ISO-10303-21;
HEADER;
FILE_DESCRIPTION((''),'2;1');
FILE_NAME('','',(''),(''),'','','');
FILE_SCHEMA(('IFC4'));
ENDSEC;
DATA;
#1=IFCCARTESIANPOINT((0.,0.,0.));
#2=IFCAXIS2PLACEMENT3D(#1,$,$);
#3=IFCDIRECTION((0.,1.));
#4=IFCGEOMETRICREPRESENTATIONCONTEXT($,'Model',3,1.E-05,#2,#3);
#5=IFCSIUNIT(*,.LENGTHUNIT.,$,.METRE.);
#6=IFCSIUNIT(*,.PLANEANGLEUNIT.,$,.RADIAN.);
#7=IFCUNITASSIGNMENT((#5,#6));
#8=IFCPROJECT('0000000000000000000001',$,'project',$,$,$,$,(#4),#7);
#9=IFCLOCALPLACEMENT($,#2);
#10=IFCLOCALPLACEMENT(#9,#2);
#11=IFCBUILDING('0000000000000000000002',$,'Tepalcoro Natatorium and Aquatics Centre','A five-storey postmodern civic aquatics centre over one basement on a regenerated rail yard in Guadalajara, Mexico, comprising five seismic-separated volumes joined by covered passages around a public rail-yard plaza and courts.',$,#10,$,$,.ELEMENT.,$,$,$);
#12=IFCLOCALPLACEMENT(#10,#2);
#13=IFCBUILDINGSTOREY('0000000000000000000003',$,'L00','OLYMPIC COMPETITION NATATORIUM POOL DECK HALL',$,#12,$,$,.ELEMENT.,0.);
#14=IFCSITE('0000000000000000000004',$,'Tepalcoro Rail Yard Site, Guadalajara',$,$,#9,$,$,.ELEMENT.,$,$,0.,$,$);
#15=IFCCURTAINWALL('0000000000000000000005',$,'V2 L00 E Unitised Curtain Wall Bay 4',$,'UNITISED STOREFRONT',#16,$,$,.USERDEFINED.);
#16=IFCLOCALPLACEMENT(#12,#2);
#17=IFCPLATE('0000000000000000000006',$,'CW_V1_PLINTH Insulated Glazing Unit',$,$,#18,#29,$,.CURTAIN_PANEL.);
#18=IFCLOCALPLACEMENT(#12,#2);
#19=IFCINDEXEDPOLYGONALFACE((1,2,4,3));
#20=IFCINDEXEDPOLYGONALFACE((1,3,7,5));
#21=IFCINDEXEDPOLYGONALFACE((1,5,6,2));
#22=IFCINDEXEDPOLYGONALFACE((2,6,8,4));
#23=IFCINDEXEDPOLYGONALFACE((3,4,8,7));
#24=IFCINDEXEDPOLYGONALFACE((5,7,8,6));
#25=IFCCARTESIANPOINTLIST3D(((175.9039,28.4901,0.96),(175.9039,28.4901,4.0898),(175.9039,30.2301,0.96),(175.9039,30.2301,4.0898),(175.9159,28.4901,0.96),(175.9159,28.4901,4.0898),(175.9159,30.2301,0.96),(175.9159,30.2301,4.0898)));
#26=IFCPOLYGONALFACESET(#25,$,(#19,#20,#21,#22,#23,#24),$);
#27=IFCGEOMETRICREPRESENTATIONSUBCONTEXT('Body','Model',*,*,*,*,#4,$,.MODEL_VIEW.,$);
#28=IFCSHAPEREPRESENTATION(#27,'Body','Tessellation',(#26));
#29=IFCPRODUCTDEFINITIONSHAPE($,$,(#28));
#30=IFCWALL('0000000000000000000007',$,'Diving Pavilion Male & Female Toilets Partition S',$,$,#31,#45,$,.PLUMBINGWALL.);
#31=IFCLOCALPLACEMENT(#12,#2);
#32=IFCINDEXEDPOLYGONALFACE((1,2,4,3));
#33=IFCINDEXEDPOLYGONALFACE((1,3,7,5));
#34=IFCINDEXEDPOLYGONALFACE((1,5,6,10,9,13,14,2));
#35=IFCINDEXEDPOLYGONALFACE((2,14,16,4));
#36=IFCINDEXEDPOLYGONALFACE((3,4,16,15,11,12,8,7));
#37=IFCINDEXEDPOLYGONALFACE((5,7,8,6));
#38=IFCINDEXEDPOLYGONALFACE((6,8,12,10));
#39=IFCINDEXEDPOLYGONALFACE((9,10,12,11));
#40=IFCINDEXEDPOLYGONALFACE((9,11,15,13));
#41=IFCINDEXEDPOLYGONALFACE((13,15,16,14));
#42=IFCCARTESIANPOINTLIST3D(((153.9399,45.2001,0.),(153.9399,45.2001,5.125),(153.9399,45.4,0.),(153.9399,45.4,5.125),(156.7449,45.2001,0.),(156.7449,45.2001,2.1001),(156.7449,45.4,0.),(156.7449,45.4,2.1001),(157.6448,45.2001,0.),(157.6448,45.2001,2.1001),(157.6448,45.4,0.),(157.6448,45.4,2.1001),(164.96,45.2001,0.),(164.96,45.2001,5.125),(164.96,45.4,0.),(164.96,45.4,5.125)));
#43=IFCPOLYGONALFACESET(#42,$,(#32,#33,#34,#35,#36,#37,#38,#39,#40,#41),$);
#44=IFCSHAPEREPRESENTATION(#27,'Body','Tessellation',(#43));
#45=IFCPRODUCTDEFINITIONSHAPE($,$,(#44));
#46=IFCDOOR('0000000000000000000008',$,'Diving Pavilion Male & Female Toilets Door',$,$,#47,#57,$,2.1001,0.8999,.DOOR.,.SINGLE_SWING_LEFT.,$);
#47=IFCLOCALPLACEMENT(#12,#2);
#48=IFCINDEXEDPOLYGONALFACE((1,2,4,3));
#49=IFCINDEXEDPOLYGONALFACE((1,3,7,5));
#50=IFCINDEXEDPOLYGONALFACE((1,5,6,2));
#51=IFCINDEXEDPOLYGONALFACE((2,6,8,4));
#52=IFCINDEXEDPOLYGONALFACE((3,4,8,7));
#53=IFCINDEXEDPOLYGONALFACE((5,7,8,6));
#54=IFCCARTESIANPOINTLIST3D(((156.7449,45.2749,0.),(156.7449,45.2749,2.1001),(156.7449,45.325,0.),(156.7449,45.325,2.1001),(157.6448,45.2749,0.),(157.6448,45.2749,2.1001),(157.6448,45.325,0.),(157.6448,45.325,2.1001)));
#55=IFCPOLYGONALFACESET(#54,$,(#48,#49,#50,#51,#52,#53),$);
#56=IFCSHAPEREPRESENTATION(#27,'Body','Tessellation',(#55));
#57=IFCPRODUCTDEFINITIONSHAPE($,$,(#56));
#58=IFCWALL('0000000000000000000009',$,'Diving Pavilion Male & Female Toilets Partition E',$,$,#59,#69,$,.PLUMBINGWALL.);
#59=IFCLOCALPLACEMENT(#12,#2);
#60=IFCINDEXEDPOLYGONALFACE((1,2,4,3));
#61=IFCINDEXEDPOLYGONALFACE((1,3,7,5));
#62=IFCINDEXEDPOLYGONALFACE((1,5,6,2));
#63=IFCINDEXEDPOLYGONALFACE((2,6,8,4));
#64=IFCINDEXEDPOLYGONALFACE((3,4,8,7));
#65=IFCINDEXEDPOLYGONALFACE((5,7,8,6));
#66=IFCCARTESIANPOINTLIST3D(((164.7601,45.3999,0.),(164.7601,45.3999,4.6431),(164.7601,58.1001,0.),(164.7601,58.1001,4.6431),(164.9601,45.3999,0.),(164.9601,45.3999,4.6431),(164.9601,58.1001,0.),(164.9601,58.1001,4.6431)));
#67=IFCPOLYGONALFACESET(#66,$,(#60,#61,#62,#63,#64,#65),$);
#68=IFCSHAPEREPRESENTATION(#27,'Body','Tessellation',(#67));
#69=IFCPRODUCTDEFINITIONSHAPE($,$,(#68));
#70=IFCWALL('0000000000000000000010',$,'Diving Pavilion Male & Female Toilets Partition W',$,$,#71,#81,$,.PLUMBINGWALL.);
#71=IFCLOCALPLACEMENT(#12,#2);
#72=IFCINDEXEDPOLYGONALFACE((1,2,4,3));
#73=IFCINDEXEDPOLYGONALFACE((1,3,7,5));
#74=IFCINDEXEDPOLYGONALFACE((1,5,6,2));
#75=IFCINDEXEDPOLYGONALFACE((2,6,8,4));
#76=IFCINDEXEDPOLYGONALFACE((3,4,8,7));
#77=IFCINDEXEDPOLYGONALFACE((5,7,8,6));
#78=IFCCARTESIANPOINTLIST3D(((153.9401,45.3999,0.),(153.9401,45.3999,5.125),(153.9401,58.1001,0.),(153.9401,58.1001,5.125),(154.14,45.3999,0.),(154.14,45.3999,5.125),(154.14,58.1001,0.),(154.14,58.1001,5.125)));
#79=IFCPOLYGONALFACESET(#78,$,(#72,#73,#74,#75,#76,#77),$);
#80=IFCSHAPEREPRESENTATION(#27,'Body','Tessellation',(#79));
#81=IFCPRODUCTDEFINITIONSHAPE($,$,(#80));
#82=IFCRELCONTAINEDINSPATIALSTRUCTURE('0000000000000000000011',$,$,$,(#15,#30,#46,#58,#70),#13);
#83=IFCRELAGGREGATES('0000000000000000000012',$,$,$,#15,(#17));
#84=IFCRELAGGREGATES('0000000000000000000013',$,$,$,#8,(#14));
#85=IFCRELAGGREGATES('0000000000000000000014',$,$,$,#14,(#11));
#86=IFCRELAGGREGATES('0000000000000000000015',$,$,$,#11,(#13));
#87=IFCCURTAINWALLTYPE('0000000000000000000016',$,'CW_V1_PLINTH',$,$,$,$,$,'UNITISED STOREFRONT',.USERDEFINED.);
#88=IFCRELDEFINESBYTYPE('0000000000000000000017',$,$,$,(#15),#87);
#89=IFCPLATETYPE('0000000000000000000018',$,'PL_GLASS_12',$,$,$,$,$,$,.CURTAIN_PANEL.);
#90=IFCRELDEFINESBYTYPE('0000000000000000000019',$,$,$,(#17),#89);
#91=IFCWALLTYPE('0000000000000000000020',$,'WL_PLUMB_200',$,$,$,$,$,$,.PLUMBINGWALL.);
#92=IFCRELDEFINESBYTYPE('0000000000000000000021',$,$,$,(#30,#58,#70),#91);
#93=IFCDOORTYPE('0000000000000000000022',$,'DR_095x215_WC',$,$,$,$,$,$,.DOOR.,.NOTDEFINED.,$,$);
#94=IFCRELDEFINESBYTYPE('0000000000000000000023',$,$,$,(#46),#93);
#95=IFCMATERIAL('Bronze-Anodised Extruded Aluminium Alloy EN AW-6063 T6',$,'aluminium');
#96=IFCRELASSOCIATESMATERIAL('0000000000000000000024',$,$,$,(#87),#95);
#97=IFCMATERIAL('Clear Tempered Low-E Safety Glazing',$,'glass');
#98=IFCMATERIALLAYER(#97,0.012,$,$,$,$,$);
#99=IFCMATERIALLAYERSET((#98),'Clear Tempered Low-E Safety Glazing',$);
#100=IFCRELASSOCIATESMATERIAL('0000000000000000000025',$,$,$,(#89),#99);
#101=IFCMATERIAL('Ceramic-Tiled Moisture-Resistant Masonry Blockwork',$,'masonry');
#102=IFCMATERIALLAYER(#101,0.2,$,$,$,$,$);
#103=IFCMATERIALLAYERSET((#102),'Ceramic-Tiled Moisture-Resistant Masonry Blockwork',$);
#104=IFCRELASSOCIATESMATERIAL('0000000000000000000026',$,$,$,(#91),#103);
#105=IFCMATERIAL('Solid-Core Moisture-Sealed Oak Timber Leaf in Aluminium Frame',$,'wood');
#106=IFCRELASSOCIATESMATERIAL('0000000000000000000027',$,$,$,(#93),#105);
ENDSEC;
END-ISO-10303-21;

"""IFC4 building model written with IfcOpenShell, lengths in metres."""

from ifc_helpers import new_model, si_unit, direction, frame, frame_2d, origin, origin_2d, place, context, subcontext, project, spatial, rectangle, extrude, material, layer, layer_set, type_object, element, fill, aggregate, save


model = new_model("IFC4")

# Units and contexts
model_context = context("Model", 3, precision=1e-05, world=origin(), true_north=direction((0.0, 1.0)))
body_context = subcontext(model_context, "Body", "Model", "MODEL_VIEW")
ifc_project = project(units=[si_unit("LENGTHUNIT", "METRE"), si_unit("PLANEANGLEUNIT", "RADIAN")], contexts=[model_context])

# Site, building, storey
site_placement = place(None, origin())
site = spatial("IfcSite", under=ifc_project, at=site_placement, Name="Tepalcoro Rail Yard Site, Guadalajara", CompositionType="ELEMENT", RefElevation=0.0)
building_placement = place(site_placement, origin())
building = spatial("IfcBuilding", under=site, at=building_placement, Name="Tepalcoro Natatorium and Aquatics Centre", Description="A five-storey postmodern civic aquatics centre over one basement on a regenerated rail yard in Guadalajara, Mexico, comprising five seismic-separated volumes joined by covered passages around a public rail-yard plaza and courts.", CompositionType="ELEMENT")
storey_placement = place(building_placement, origin())
storey = spatial("IfcBuildingStorey", under=building, at=storey_placement, Name="L00", Description="OLYMPIC COMPETITION NATATORIUM POOL DECK HALL", CompositionType="ELEMENT", Elevation=0.0)

# Curtain wall
ifc_material_1 = material(Name="Bronze-Anodised Extruded Aluminium Alloy EN AW-6063 T6", Category="aluminium")
curtain_wall_type = type_object("IfcCurtainWallType", Name="CW_V1_PLINTH", ElementType="UNITISED STOREFRONT", PredefinedType="USERDEFINED", material=ifc_material_1)
curtain_wall_placement = place(storey_placement, origin())
curtain_wall = element("IfcCurtainWall", 1, at=curtain_wall_placement, inside=storey, type_object=curtain_wall_type, Name="V2 L00 E Unitised Curtain Wall Bay 4", ObjectType="UNITISED STOREFRONT", PredefinedType="USERDEFINED")

# Plate
ifc_material_2 = material(Name="Clear Tempered Low-E Safety Glazing", Category="glass")
ifc_layer_1 = layer(ifc_material_2, 0.012)
ifc_layer_set_1 = layer_set([ifc_layer_1], Name="Clear Tempered Low-E Safety Glazing")
plate_type = type_object("IfcPlateType", Name="PL_GLASS_12", PredefinedType="CURTAIN_PANEL", material=ifc_layer_set_1)
plate_placement = place(storey_placement, frame((175.9099, 29.3601, 0.96), z_axis=(0.0, 0.0, 1.0), x_axis=(1.0, 0.0, 0.0)))
plate = element("IfcPlate", 2, at=plate_placement, type_object=plate_type, Name="CW_V1_PLINTH Insulated Glazing Unit", PredefinedType="CURTAIN_PANEL", context=body_context, shape_type="SweptSolid", body=[
    extrude(rectangle(XDim=0.012, YDim=1.74, at=origin_2d()), origin(), (0.0, 0.0, 1.0), 3.1299),
])
aggregate(curtain_wall, [plate])

# Wall, opening, door
ifc_material_3 = material(Name="Ceramic-Tiled Moisture-Resistant Masonry Blockwork", Category="masonry")
ifc_layer_2 = layer(ifc_material_3, 0.2)
ifc_layer_set_2 = layer_set([ifc_layer_2], Name="Ceramic-Tiled Moisture-Resistant Masonry Blockwork")
wall_type_1 = type_object("IfcWallType", Name="WL_PLUMB_200", PredefinedType="PLUMBINGWALL", material=ifc_layer_set_2)
wall_1_placement = place(storey_placement, frame((153.9399, 45.3, 0.0), z_axis=(0.0, 0.0, 1.0), x_axis=(1.0, 0.0, 0.0)))
wall_1 = element("IfcWall", 3, at=wall_1_placement, inside=storey, type_object=wall_type_1, Name="Diving Pavilion Male & Female Toilets Partition S", PredefinedType="PLUMBINGWALL", context=body_context, shape_type="SweptSolid", body=[
    extrude(rectangle(XDim=11.02, YDim=0.2, at=frame_2d((5.51, 0.0))), origin(), (0.0, 0.0, 1.0), 5.125),
])
opening_1_placement = place(wall_1_placement, frame((2.8049, 0.0, 0.0)))
opening_1 = element("IfcOpeningElement", 4, at=opening_1_placement, cuts=wall_1, PredefinedType="OPENING", context=body_context, shape_type="SweptSolid", body=[
    extrude(rectangle(XDim=0.8999, YDim=2.1001, at=frame_2d((0.45, 1.05))), frame((0.0, 0.1118, 0.0), z_axis=(0.0, -1.0, 0.0), x_axis=(1.0, 0.0, 0.0)), (0.0, 0.0, 1.0), 0.2239),
])
ifc_material_4 = material(Name="Solid-Core Moisture-Sealed Oak Timber Leaf in Aluminium Frame", Category="wood")
door_type_1 = type_object("IfcDoorType", Name="DR_095x215_WC", OperationType="NOTDEFINED", PredefinedType="DOOR", material=ifc_material_4)
door_1_placement = place(opening_1_placement, origin())
door_1 = element("IfcDoor", 5, at=door_1_placement, inside=storey, type_object=door_type_1, Name="Diving Pavilion Male & Female Toilets Door", OperationType="SINGLE_SWING_LEFT", OverallHeight=2.1001, OverallWidth=0.8999, PredefinedType="DOOR", context=body_context, shape_type="SweptSolid", body=[
    extrude(rectangle(XDim=0.8999, YDim=2.1001, at=frame_2d((0.45, 1.05))), frame((0.0, 0.0249, 0.0), z_axis=(0.0, -1.0, 0.0), x_axis=(1.0, 0.0, 0.0)), (0.0, 0.0, 1.0), 0.05),
])
fill(opening_1, door_1)

# Walls
wall_2_placement = place(storey_placement, frame((164.8601, 45.3999, 0.0), z_axis=(0.0, 0.0, 1.0), x_axis=(0.0, 1.0, 0.0)))
element("IfcWall", 6, at=wall_2_placement, inside=storey, type_object=wall_type_1, Name="Diving Pavilion Male & Female Toilets Partition E", PredefinedType="PLUMBINGWALL", context=body_context, shape_type="SweptSolid", body=[
    extrude(rectangle(XDim=12.7002, YDim=0.2, at=frame_2d((6.3501, 0.0))), origin(), (0.0, 0.0, 1.0), 4.6431),
])
wall_3_placement = place(storey_placement, frame((154.04, 45.3999, 0.0), z_axis=(0.0, 0.0, 1.0), x_axis=(0.0, 1.0, 0.0)))
element("IfcWall", 7, at=wall_3_placement, inside=storey, type_object=wall_type_1, Name="Diving Pavilion Male & Female Toilets Partition W", PredefinedType="PLUMBINGWALL", context=body_context, shape_type="SweptSolid", body=[
    extrude(rectangle(XDim=12.7002, YDim=0.2, at=frame_2d((6.3501, 0.0))), origin(), (0.0, 0.0, 1.0), 5.125),
])

save(model, "model.ifc")
